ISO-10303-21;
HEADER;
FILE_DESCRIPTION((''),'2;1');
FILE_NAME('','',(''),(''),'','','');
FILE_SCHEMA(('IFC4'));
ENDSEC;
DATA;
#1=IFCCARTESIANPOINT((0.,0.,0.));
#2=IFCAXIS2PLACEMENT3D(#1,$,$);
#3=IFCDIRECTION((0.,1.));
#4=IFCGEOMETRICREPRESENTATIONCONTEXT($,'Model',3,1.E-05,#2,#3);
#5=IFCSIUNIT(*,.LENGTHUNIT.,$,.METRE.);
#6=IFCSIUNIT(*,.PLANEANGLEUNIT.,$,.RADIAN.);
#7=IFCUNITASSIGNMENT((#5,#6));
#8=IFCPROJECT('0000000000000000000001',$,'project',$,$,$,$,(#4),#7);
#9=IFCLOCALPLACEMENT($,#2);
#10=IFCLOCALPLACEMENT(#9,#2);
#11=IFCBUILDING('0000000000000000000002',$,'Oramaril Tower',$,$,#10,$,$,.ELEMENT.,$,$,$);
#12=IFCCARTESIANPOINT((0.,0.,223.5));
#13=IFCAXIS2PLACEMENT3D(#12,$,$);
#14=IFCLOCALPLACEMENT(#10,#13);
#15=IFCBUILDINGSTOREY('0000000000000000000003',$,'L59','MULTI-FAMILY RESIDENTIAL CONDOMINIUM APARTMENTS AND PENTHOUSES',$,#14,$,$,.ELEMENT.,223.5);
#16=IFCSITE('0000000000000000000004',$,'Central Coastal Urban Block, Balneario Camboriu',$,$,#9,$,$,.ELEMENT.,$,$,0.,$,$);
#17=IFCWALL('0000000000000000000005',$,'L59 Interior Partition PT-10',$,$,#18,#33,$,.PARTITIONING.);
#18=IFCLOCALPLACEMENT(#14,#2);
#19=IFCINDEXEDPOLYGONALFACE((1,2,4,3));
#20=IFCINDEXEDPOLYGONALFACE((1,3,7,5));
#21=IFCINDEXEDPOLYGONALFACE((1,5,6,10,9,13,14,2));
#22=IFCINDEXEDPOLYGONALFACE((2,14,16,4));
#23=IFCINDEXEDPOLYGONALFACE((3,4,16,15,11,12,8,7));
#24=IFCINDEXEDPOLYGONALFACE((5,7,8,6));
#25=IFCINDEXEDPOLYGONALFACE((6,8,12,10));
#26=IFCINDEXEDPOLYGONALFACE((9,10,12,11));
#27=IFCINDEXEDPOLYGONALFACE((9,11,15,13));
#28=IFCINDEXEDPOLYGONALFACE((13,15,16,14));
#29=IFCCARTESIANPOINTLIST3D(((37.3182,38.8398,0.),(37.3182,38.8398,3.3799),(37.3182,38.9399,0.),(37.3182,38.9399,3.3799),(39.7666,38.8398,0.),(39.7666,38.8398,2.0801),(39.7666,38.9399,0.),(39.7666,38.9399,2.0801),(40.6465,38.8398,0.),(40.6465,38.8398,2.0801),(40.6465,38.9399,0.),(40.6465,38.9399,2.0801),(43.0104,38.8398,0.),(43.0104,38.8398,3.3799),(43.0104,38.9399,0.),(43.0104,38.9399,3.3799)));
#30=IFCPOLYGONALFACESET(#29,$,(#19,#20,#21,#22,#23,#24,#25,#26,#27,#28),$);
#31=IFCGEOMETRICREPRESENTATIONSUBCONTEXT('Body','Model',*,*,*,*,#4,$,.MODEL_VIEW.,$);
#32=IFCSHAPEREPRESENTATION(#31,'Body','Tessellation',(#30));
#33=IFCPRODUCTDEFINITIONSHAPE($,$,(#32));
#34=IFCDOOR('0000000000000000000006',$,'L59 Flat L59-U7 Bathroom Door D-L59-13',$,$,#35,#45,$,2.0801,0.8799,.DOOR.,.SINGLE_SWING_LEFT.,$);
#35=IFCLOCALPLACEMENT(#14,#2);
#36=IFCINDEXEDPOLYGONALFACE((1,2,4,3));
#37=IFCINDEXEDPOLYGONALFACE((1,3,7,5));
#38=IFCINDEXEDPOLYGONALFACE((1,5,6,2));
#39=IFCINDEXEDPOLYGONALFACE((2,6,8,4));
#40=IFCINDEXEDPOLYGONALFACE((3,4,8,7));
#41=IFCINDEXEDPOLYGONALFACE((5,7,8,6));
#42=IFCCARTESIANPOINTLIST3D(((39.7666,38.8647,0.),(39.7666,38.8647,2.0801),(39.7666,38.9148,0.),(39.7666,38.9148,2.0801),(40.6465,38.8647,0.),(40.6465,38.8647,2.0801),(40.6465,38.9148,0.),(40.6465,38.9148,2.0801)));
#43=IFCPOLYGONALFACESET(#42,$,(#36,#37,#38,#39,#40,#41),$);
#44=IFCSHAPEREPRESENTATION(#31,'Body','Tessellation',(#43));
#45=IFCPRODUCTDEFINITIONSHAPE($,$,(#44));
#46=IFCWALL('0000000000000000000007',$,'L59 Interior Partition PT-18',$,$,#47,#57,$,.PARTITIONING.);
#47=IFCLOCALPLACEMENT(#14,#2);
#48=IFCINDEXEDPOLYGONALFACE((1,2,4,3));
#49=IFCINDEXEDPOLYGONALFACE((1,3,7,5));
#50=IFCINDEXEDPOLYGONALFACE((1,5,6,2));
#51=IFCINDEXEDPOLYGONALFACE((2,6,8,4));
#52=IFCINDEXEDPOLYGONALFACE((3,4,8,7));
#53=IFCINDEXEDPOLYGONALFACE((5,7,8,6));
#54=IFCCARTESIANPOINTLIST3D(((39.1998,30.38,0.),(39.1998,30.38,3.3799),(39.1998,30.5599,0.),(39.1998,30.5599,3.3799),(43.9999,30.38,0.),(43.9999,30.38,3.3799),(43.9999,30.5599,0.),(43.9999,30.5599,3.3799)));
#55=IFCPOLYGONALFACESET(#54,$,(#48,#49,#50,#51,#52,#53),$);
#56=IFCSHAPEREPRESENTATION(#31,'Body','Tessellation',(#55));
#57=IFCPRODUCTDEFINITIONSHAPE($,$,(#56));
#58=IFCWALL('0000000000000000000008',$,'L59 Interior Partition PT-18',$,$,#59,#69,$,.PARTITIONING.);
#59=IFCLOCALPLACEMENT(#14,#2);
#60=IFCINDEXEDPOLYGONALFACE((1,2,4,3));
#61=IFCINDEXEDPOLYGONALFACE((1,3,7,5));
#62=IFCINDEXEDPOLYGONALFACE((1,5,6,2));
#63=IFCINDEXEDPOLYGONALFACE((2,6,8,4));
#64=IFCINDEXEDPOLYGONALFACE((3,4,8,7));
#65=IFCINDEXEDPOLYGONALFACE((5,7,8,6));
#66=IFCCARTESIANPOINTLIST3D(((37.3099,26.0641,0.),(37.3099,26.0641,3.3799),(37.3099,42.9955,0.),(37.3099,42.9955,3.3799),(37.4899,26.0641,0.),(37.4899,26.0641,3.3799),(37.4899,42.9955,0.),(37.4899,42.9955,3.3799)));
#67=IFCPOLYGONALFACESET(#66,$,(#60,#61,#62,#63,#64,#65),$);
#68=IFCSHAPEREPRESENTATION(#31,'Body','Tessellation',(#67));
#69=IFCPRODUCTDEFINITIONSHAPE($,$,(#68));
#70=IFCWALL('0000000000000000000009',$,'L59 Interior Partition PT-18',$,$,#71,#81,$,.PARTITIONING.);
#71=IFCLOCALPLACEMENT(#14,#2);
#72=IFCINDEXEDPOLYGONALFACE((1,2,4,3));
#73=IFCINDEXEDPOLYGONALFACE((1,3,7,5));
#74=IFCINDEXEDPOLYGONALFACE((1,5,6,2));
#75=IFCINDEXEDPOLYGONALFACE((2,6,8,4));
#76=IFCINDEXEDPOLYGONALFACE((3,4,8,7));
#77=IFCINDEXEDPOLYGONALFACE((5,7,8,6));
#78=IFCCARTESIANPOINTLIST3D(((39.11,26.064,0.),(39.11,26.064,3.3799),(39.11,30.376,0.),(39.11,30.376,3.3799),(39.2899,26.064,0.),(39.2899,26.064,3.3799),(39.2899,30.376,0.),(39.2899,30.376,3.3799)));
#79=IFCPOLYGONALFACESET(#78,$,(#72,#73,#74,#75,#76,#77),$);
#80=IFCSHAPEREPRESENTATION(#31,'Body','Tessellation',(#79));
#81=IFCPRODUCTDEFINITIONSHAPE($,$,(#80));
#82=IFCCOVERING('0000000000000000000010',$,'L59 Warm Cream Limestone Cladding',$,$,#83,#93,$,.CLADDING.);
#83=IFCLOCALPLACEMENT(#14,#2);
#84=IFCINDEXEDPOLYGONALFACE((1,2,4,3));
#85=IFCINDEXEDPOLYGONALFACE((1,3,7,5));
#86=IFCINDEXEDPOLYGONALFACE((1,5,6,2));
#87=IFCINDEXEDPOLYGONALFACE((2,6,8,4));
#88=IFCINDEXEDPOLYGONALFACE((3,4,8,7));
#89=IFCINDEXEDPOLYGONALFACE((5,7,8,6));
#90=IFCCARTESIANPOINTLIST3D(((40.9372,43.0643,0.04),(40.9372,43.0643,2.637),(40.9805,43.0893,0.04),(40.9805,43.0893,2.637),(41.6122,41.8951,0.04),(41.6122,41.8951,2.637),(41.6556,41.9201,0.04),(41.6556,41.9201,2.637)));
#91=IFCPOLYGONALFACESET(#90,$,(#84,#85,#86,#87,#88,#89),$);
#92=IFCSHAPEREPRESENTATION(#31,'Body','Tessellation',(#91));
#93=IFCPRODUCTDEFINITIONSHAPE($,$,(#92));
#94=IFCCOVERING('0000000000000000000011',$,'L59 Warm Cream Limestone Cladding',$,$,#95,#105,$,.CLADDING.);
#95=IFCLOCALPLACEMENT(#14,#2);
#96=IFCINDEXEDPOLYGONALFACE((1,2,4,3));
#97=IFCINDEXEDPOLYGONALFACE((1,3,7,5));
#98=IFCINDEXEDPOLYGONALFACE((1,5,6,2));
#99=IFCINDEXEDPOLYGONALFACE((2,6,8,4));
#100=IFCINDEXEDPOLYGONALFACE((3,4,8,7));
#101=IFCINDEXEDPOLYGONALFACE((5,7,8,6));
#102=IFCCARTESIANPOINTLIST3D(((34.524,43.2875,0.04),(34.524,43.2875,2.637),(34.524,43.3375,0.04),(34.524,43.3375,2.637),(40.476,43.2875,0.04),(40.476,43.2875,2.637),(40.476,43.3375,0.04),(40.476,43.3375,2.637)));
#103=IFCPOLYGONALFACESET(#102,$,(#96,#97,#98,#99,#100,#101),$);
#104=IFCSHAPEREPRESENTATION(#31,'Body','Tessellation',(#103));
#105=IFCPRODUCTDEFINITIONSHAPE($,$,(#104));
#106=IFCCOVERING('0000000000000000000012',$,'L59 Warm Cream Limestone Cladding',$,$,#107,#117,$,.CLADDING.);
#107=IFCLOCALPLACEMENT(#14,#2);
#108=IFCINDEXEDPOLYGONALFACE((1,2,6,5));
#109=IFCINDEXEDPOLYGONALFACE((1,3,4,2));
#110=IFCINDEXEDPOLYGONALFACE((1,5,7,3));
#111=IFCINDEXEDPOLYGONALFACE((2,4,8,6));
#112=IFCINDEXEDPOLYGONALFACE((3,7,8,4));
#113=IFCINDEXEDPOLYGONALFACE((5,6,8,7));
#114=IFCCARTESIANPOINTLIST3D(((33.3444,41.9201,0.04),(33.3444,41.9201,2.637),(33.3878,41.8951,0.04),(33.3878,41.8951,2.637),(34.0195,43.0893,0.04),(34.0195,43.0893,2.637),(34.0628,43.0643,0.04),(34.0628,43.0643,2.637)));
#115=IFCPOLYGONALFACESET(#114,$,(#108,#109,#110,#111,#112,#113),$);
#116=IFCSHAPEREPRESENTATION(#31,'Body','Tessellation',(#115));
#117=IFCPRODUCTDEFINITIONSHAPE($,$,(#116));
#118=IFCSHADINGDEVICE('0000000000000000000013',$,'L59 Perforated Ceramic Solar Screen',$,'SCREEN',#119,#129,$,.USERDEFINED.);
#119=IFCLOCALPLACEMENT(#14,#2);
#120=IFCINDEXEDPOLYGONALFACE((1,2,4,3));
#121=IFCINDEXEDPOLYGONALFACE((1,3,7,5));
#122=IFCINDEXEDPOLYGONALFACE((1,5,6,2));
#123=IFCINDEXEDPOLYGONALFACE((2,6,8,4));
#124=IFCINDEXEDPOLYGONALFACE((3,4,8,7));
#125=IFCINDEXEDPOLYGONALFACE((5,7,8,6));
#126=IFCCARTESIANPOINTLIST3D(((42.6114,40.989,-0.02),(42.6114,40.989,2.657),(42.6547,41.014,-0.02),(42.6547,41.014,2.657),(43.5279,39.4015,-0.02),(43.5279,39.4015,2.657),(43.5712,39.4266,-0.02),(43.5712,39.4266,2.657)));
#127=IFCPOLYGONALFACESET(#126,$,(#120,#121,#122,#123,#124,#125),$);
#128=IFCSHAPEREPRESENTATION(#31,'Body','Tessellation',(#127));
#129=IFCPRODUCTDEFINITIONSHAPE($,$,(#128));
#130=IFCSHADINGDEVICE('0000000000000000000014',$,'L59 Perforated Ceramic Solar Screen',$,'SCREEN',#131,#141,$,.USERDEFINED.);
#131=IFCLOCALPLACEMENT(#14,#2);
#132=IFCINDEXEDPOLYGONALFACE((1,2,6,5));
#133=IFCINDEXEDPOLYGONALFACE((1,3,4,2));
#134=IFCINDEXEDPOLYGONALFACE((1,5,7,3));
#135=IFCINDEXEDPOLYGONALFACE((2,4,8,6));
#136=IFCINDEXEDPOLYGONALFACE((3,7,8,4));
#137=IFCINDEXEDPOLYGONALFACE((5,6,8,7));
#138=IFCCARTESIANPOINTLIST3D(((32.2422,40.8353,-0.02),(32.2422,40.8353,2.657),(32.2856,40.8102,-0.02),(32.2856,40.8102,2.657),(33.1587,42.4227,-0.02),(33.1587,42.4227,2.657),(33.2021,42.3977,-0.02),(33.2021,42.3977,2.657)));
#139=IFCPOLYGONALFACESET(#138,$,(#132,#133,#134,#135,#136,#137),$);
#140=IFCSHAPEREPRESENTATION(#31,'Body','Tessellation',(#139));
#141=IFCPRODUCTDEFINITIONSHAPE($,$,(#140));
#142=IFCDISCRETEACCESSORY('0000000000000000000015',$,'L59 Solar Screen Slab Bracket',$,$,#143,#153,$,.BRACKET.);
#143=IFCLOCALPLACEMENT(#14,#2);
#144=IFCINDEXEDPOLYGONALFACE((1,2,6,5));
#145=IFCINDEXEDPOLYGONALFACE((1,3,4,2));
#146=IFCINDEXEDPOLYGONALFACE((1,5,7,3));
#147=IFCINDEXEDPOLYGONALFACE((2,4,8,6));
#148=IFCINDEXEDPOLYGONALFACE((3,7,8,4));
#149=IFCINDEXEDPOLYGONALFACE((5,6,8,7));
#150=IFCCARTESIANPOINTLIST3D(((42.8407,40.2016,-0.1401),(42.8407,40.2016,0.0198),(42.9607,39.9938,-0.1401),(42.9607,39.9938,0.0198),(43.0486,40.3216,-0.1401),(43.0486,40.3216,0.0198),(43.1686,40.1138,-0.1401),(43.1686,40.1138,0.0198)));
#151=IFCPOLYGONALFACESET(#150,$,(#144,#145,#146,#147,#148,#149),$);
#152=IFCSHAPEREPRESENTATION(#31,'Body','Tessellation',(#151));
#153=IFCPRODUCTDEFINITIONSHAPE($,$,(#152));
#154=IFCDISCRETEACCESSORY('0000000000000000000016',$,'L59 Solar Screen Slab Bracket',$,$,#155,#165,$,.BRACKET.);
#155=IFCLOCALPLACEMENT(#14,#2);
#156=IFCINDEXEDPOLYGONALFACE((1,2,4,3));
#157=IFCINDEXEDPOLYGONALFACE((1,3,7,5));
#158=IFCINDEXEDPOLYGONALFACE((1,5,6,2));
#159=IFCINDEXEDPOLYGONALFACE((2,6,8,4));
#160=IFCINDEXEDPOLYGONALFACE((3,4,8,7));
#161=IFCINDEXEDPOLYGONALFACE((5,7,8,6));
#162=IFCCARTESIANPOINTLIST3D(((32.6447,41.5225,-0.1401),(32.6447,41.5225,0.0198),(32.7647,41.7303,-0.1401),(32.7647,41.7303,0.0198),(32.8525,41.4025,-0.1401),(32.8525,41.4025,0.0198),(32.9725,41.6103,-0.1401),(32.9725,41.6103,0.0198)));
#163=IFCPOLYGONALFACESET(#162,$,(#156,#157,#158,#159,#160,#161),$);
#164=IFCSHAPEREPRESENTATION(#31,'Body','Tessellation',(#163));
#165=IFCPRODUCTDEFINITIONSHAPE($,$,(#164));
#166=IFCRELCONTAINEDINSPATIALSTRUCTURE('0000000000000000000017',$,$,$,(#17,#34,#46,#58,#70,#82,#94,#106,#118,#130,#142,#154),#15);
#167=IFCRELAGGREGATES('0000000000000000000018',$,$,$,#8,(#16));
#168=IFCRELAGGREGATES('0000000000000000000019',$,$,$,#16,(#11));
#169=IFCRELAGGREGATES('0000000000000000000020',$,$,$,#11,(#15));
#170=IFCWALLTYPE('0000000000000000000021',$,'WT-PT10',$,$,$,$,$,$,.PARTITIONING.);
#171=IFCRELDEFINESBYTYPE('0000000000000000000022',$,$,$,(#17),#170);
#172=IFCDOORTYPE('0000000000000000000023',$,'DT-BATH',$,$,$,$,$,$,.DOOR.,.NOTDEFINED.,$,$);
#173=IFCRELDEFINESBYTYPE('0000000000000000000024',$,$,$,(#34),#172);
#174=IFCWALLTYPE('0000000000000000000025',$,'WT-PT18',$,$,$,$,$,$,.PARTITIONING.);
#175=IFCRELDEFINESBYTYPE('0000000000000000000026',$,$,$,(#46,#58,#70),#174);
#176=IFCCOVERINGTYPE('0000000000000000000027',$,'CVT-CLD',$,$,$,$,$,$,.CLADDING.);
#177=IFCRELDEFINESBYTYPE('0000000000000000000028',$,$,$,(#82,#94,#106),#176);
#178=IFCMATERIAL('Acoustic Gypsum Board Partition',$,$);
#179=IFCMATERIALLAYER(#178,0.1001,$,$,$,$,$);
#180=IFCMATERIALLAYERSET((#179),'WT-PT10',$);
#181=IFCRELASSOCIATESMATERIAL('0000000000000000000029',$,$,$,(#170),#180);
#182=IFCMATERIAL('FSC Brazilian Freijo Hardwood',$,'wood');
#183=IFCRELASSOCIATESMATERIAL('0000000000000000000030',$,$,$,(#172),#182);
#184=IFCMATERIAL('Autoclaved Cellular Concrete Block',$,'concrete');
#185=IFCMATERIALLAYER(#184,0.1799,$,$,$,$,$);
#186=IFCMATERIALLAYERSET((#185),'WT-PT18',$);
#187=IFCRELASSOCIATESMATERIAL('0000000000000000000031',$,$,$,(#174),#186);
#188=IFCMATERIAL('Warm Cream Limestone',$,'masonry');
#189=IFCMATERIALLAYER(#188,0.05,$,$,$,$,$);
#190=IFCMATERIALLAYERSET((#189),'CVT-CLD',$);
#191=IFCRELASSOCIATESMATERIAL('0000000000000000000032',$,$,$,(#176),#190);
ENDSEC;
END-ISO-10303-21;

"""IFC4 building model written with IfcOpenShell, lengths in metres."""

from ifc_helpers import new_model, si_unit, direction, frame, frame_2d, origin, origin_2d, place, context, subcontext, project, spatial, rectangle, extrude, material, layer, layer_set, type_object, element, fill, save


model = new_model("IFC4")

# Units and contexts
model_context = context("Model", 3, precision=1e-05, world=origin(), true_north=direction((0.0, 1.0)))
body_context = subcontext(model_context, "Body", "Model", "MODEL_VIEW")
ifc_project = project(units=[si_unit("LENGTHUNIT", "METRE"), si_unit("PLANEANGLEUNIT", "RADIAN")], contexts=[model_context])

# Site, building, storey
site_placement = place(None, origin())
site = spatial("IfcSite", under=ifc_project, at=site_placement, Name="Central Coastal Urban Block, Balneario Camboriu", CompositionType="ELEMENT", RefElevation=0.0)
building_placement = place(site_placement, origin())
building = spatial("IfcBuilding", under=site, at=building_placement, Name="Oramaril Tower", CompositionType="ELEMENT")
storey_placement = place(building_placement, frame((0.0, 0.0, 223.5)))
storey = spatial("IfcBuildingStorey", under=building, at=storey_placement, Name="L59", Description="MULTI-FAMILY RESIDENTIAL CONDOMINIUM APARTMENTS AND PENTHOUSES", CompositionType="ELEMENT", Elevation=223.5)

# Wall, opening, door
ifc_material_1 = material(Name="Acoustic Gypsum Board Partition")
ifc_layer_1 = layer(ifc_material_1, 0.1001)
ifc_layer_set_1 = layer_set([ifc_layer_1], Name="WT-PT10")
wall_type_1 = type_object("IfcWallType", Name="WT-PT10", PredefinedType="PARTITIONING", material=ifc_layer_set_1)
wall_1_placement = place(storey_placement, frame((37.3181, 38.8899, 0.0), z_axis=(0.0, 0.0, 1.0), x_axis=(1.0, 0.0, 0.0)))
wall_1 = element("IfcWall", 1, at=wall_1_placement, inside=storey, type_object=wall_type_1, Name="L59 Interior Partition PT-10", PredefinedType="PARTITIONING", context=body_context, shape_type="SweptSolid", body=[
    extrude(rectangle(XDim=5.6921, YDim=0.1001, at=frame_2d((2.8462, 0.0))), origin(), (0.0, 0.0, 1.0), 3.3799),
])
opening_1_placement = place(wall_1_placement, frame((2.4485, 0.0, 0.0)))
opening_1 = element("IfcOpeningElement", 2, at=opening_1_placement, cuts=wall_1, PredefinedType="OPENING", context=body_context, shape_type="SweptSolid", body=[
    extrude(rectangle(XDim=0.8799, YDim=2.0801, at=frame_2d((0.4399, 1.04))), frame((0.0, 0.05, 0.0), z_axis=(0.0, -1.0, 0.0), x_axis=(1.0, 0.0, 0.0)), (0.0, 0.0, 1.0), 0.1001),
])
ifc_material_2 = material(Name="FSC Brazilian Freijo Hardwood", Category="wood")
door_type_1 = type_object("IfcDoorType", Name="DT-BATH", OperationType="NOTDEFINED", PredefinedType="DOOR", material=ifc_material_2)
door_1_placement = place(opening_1_placement, origin())
door_1 = element("IfcDoor", 3, at=door_1_placement, inside=storey, type_object=door_type_1, Name="L59 Flat L59-U7 Bathroom Door D-L59-13", OperationType="SINGLE_SWING_LEFT", OverallHeight=2.0801, OverallWidth=0.8799, PredefinedType="DOOR", context=body_context, shape_type="SweptSolid", body=[
    extrude(rectangle(XDim=0.8799, YDim=2.0801, at=frame_2d((0.4399, 1.04))), frame((0.0, 0.0249, 0.0), z_axis=(0.0, -1.0, 0.0), x_axis=(1.0, 0.0, 0.0)), (0.0, 0.0, 1.0), 0.05),
])
fill(opening_1, door_1)

# Walls
ifc_material_3 = material(Name="Autoclaved Cellular Concrete Block", Category="concrete")
ifc_layer_2 = layer(ifc_material_3, 0.1799)
ifc_layer_set_2 = layer_set([ifc_layer_2], Name="WT-PT18")
wall_type_2 = type_object("IfcWallType", Name="WT-PT18", PredefinedType="PARTITIONING", material=ifc_layer_set_2)
wall_2_placement = place(storey_placement, frame((39.2, 30.47, 0.0), z_axis=(0.0, 0.0, 1.0), x_axis=(1.0, 0.0, 0.0)))
element("IfcWall", 4, at=wall_2_placement, inside=storey, type_object=wall_type_2, Name="L59 Interior Partition PT-18", PredefinedType="PARTITIONING", context=body_context, shape_type="SweptSolid", body=[
    extrude(rectangle(XDim=4.8, YDim=0.1799, at=frame_2d((2.3999, 0.0))), origin(), (0.0, 0.0, 1.0), 3.3799),
])
wall_3_placement = place(storey_placement, frame((37.3999, 26.064, 0.0), z_axis=(0.0, 0.0, 1.0), x_axis=(0.0, 1.0, 0.0)))
element("IfcWall", 5, at=wall_3_placement, inside=storey, type_object=wall_type_2, Name="L59 Interior Partition PT-18", PredefinedType="PARTITIONING", context=body_context, shape_type="SweptSolid", body=[
    extrude(rectangle(XDim=16.9314, YDim=0.1799, at=frame_2d((8.4658, 0.0))), origin(), (0.0, 0.0, 1.0), 3.3799),
])
wall_4_placement = place(storey_placement, frame((39.2, 26.064, 0.0), z_axis=(0.0, 0.0, 1.0), x_axis=(0.0, 1.0, 0.0)))
element("IfcWall", 6, at=wall_4_placement, inside=storey, type_object=wall_type_2, Name="L59 Interior Partition PT-18", PredefinedType="PARTITIONING", context=body_context, shape_type="SweptSolid", body=[
    extrude(rectangle(XDim=4.312, YDim=0.1799, at=frame_2d((2.156, 0.0))), origin(), (0.0, 0.0, 1.0), 3.3799),
])

# Coverings
ifc_material_4 = material(Name="Warm Cream Limestone", Category="masonry")
ifc_layer_3 = layer(ifc_material_4, 0.05)
ifc_layer_set_3 = layer_set([ifc_layer_3], Name="CVT-CLD")
covering_type = type_object("IfcCoveringType", Name="CVT-CLD", PredefinedType="CLADDING", material=ifc_layer_set_3)
covering_1_placement = place(storey_placement, frame((41.2964, 42.4922, 0.04), z_axis=(0.0, 0.0, 1.0), x_axis=(-0.5, 0.866025, 0.0)))
element("IfcCovering", 7, at=covering_1_placement, inside=storey, type_object=covering_type, Name="L59 Warm Cream Limestone Cladding", PredefinedType="CLADDING", context=body_context, shape_type="SweptSolid", body=[
    extrude(rectangle(XDim=1.3501, YDim=0.05, at=origin_2d()), origin(), (0.0, 0.0, 1.0), 2.5969),
])
covering_2_placement = place(storey_placement, frame((37.5, 43.3125, 0.04), z_axis=(0.0, 0.0, 1.0), x_axis=(-1.0, 0.0, 0.0)))
element("IfcCovering", 8, at=covering_2_placement, inside=storey, type_object=covering_type, Name="L59 Warm Cream Limestone Cladding", PredefinedType="CLADDING", context=body_context, shape_type="SweptSolid", body=[
    extrude(rectangle(XDim=5.9519, YDim=0.05, at=origin_2d()), origin(), (0.0, 0.0, 1.0), 2.5969),
])
covering_3_placement = place(storey_placement, frame((33.7036, 42.4922, 0.04), z_axis=(0.0, 0.0, 1.0), x_axis=(-0.5, -0.866025, 0.0)))
element("IfcCovering", 9, at=covering_3_placement, inside=storey, type_object=covering_type, Name="L59 Warm Cream Limestone Cladding", PredefinedType="CLADDING", context=body_context, shape_type="SweptSolid", body=[
    extrude(rectangle(XDim=1.3501, YDim=0.05, at=origin_2d()), origin(), (0.0, 0.0, 1.0), 2.5969),
])

# Shading devices
for number, where, z_axis, x_axis, name in (
    (10, (43.0913, 40.2078, -0.02), (0.0, 0.0, 1.0), (-0.5, 0.866025, 0.0), "L59 Perforated Ceramic Solar Screen"),
    (11, (32.7222, 41.6165, -0.02), (0.0, 0.0, 1.0), (-0.5, -0.866025, 0.0), "L59 Perforated Ceramic Solar Screen"),
):
    element("IfcShadingDevice", number, at=place(storey_placement, frame(where, z_axis=z_axis, x_axis=x_axis)), inside=storey, Name=name, ObjectType="SCREEN", PredefinedType="USERDEFINED", context=body_context, shape_type="SweptSolid", body=[
        extrude(rectangle(XDim=1.833, YDim=0.05, at=origin_2d()), origin(), (0.0, 0.0, 1.0), 2.677),
    ])

# Discrete accessories
for number, where, z_axis, x_axis, name in (
    (12, (43.0046, 40.1577, -0.1401), (0.0, 0.0, 1.0), (-0.5, 0.866025, 0.0), "L59 Solar Screen Slab Bracket"),
    (13, (32.8086, 41.5664, -0.1401), (0.0, 0.0, 1.0), (-0.5, -0.866025, 0.0), "L59 Solar Screen Slab Bracket"),
):
    element("IfcDiscreteAccessory", number, at=place(storey_placement, frame(where, z_axis=z_axis, x_axis=x_axis)), inside=storey, Name=name, PredefinedType="BRACKET", context=body_context, shape_type="SweptSolid", body=[
        extrude(rectangle(XDim=0.24, YDim=0.24, at=origin_2d()), origin(), (0.0, 0.0, 1.0), 0.1599),
    ])

save(model, "model.ifc")
